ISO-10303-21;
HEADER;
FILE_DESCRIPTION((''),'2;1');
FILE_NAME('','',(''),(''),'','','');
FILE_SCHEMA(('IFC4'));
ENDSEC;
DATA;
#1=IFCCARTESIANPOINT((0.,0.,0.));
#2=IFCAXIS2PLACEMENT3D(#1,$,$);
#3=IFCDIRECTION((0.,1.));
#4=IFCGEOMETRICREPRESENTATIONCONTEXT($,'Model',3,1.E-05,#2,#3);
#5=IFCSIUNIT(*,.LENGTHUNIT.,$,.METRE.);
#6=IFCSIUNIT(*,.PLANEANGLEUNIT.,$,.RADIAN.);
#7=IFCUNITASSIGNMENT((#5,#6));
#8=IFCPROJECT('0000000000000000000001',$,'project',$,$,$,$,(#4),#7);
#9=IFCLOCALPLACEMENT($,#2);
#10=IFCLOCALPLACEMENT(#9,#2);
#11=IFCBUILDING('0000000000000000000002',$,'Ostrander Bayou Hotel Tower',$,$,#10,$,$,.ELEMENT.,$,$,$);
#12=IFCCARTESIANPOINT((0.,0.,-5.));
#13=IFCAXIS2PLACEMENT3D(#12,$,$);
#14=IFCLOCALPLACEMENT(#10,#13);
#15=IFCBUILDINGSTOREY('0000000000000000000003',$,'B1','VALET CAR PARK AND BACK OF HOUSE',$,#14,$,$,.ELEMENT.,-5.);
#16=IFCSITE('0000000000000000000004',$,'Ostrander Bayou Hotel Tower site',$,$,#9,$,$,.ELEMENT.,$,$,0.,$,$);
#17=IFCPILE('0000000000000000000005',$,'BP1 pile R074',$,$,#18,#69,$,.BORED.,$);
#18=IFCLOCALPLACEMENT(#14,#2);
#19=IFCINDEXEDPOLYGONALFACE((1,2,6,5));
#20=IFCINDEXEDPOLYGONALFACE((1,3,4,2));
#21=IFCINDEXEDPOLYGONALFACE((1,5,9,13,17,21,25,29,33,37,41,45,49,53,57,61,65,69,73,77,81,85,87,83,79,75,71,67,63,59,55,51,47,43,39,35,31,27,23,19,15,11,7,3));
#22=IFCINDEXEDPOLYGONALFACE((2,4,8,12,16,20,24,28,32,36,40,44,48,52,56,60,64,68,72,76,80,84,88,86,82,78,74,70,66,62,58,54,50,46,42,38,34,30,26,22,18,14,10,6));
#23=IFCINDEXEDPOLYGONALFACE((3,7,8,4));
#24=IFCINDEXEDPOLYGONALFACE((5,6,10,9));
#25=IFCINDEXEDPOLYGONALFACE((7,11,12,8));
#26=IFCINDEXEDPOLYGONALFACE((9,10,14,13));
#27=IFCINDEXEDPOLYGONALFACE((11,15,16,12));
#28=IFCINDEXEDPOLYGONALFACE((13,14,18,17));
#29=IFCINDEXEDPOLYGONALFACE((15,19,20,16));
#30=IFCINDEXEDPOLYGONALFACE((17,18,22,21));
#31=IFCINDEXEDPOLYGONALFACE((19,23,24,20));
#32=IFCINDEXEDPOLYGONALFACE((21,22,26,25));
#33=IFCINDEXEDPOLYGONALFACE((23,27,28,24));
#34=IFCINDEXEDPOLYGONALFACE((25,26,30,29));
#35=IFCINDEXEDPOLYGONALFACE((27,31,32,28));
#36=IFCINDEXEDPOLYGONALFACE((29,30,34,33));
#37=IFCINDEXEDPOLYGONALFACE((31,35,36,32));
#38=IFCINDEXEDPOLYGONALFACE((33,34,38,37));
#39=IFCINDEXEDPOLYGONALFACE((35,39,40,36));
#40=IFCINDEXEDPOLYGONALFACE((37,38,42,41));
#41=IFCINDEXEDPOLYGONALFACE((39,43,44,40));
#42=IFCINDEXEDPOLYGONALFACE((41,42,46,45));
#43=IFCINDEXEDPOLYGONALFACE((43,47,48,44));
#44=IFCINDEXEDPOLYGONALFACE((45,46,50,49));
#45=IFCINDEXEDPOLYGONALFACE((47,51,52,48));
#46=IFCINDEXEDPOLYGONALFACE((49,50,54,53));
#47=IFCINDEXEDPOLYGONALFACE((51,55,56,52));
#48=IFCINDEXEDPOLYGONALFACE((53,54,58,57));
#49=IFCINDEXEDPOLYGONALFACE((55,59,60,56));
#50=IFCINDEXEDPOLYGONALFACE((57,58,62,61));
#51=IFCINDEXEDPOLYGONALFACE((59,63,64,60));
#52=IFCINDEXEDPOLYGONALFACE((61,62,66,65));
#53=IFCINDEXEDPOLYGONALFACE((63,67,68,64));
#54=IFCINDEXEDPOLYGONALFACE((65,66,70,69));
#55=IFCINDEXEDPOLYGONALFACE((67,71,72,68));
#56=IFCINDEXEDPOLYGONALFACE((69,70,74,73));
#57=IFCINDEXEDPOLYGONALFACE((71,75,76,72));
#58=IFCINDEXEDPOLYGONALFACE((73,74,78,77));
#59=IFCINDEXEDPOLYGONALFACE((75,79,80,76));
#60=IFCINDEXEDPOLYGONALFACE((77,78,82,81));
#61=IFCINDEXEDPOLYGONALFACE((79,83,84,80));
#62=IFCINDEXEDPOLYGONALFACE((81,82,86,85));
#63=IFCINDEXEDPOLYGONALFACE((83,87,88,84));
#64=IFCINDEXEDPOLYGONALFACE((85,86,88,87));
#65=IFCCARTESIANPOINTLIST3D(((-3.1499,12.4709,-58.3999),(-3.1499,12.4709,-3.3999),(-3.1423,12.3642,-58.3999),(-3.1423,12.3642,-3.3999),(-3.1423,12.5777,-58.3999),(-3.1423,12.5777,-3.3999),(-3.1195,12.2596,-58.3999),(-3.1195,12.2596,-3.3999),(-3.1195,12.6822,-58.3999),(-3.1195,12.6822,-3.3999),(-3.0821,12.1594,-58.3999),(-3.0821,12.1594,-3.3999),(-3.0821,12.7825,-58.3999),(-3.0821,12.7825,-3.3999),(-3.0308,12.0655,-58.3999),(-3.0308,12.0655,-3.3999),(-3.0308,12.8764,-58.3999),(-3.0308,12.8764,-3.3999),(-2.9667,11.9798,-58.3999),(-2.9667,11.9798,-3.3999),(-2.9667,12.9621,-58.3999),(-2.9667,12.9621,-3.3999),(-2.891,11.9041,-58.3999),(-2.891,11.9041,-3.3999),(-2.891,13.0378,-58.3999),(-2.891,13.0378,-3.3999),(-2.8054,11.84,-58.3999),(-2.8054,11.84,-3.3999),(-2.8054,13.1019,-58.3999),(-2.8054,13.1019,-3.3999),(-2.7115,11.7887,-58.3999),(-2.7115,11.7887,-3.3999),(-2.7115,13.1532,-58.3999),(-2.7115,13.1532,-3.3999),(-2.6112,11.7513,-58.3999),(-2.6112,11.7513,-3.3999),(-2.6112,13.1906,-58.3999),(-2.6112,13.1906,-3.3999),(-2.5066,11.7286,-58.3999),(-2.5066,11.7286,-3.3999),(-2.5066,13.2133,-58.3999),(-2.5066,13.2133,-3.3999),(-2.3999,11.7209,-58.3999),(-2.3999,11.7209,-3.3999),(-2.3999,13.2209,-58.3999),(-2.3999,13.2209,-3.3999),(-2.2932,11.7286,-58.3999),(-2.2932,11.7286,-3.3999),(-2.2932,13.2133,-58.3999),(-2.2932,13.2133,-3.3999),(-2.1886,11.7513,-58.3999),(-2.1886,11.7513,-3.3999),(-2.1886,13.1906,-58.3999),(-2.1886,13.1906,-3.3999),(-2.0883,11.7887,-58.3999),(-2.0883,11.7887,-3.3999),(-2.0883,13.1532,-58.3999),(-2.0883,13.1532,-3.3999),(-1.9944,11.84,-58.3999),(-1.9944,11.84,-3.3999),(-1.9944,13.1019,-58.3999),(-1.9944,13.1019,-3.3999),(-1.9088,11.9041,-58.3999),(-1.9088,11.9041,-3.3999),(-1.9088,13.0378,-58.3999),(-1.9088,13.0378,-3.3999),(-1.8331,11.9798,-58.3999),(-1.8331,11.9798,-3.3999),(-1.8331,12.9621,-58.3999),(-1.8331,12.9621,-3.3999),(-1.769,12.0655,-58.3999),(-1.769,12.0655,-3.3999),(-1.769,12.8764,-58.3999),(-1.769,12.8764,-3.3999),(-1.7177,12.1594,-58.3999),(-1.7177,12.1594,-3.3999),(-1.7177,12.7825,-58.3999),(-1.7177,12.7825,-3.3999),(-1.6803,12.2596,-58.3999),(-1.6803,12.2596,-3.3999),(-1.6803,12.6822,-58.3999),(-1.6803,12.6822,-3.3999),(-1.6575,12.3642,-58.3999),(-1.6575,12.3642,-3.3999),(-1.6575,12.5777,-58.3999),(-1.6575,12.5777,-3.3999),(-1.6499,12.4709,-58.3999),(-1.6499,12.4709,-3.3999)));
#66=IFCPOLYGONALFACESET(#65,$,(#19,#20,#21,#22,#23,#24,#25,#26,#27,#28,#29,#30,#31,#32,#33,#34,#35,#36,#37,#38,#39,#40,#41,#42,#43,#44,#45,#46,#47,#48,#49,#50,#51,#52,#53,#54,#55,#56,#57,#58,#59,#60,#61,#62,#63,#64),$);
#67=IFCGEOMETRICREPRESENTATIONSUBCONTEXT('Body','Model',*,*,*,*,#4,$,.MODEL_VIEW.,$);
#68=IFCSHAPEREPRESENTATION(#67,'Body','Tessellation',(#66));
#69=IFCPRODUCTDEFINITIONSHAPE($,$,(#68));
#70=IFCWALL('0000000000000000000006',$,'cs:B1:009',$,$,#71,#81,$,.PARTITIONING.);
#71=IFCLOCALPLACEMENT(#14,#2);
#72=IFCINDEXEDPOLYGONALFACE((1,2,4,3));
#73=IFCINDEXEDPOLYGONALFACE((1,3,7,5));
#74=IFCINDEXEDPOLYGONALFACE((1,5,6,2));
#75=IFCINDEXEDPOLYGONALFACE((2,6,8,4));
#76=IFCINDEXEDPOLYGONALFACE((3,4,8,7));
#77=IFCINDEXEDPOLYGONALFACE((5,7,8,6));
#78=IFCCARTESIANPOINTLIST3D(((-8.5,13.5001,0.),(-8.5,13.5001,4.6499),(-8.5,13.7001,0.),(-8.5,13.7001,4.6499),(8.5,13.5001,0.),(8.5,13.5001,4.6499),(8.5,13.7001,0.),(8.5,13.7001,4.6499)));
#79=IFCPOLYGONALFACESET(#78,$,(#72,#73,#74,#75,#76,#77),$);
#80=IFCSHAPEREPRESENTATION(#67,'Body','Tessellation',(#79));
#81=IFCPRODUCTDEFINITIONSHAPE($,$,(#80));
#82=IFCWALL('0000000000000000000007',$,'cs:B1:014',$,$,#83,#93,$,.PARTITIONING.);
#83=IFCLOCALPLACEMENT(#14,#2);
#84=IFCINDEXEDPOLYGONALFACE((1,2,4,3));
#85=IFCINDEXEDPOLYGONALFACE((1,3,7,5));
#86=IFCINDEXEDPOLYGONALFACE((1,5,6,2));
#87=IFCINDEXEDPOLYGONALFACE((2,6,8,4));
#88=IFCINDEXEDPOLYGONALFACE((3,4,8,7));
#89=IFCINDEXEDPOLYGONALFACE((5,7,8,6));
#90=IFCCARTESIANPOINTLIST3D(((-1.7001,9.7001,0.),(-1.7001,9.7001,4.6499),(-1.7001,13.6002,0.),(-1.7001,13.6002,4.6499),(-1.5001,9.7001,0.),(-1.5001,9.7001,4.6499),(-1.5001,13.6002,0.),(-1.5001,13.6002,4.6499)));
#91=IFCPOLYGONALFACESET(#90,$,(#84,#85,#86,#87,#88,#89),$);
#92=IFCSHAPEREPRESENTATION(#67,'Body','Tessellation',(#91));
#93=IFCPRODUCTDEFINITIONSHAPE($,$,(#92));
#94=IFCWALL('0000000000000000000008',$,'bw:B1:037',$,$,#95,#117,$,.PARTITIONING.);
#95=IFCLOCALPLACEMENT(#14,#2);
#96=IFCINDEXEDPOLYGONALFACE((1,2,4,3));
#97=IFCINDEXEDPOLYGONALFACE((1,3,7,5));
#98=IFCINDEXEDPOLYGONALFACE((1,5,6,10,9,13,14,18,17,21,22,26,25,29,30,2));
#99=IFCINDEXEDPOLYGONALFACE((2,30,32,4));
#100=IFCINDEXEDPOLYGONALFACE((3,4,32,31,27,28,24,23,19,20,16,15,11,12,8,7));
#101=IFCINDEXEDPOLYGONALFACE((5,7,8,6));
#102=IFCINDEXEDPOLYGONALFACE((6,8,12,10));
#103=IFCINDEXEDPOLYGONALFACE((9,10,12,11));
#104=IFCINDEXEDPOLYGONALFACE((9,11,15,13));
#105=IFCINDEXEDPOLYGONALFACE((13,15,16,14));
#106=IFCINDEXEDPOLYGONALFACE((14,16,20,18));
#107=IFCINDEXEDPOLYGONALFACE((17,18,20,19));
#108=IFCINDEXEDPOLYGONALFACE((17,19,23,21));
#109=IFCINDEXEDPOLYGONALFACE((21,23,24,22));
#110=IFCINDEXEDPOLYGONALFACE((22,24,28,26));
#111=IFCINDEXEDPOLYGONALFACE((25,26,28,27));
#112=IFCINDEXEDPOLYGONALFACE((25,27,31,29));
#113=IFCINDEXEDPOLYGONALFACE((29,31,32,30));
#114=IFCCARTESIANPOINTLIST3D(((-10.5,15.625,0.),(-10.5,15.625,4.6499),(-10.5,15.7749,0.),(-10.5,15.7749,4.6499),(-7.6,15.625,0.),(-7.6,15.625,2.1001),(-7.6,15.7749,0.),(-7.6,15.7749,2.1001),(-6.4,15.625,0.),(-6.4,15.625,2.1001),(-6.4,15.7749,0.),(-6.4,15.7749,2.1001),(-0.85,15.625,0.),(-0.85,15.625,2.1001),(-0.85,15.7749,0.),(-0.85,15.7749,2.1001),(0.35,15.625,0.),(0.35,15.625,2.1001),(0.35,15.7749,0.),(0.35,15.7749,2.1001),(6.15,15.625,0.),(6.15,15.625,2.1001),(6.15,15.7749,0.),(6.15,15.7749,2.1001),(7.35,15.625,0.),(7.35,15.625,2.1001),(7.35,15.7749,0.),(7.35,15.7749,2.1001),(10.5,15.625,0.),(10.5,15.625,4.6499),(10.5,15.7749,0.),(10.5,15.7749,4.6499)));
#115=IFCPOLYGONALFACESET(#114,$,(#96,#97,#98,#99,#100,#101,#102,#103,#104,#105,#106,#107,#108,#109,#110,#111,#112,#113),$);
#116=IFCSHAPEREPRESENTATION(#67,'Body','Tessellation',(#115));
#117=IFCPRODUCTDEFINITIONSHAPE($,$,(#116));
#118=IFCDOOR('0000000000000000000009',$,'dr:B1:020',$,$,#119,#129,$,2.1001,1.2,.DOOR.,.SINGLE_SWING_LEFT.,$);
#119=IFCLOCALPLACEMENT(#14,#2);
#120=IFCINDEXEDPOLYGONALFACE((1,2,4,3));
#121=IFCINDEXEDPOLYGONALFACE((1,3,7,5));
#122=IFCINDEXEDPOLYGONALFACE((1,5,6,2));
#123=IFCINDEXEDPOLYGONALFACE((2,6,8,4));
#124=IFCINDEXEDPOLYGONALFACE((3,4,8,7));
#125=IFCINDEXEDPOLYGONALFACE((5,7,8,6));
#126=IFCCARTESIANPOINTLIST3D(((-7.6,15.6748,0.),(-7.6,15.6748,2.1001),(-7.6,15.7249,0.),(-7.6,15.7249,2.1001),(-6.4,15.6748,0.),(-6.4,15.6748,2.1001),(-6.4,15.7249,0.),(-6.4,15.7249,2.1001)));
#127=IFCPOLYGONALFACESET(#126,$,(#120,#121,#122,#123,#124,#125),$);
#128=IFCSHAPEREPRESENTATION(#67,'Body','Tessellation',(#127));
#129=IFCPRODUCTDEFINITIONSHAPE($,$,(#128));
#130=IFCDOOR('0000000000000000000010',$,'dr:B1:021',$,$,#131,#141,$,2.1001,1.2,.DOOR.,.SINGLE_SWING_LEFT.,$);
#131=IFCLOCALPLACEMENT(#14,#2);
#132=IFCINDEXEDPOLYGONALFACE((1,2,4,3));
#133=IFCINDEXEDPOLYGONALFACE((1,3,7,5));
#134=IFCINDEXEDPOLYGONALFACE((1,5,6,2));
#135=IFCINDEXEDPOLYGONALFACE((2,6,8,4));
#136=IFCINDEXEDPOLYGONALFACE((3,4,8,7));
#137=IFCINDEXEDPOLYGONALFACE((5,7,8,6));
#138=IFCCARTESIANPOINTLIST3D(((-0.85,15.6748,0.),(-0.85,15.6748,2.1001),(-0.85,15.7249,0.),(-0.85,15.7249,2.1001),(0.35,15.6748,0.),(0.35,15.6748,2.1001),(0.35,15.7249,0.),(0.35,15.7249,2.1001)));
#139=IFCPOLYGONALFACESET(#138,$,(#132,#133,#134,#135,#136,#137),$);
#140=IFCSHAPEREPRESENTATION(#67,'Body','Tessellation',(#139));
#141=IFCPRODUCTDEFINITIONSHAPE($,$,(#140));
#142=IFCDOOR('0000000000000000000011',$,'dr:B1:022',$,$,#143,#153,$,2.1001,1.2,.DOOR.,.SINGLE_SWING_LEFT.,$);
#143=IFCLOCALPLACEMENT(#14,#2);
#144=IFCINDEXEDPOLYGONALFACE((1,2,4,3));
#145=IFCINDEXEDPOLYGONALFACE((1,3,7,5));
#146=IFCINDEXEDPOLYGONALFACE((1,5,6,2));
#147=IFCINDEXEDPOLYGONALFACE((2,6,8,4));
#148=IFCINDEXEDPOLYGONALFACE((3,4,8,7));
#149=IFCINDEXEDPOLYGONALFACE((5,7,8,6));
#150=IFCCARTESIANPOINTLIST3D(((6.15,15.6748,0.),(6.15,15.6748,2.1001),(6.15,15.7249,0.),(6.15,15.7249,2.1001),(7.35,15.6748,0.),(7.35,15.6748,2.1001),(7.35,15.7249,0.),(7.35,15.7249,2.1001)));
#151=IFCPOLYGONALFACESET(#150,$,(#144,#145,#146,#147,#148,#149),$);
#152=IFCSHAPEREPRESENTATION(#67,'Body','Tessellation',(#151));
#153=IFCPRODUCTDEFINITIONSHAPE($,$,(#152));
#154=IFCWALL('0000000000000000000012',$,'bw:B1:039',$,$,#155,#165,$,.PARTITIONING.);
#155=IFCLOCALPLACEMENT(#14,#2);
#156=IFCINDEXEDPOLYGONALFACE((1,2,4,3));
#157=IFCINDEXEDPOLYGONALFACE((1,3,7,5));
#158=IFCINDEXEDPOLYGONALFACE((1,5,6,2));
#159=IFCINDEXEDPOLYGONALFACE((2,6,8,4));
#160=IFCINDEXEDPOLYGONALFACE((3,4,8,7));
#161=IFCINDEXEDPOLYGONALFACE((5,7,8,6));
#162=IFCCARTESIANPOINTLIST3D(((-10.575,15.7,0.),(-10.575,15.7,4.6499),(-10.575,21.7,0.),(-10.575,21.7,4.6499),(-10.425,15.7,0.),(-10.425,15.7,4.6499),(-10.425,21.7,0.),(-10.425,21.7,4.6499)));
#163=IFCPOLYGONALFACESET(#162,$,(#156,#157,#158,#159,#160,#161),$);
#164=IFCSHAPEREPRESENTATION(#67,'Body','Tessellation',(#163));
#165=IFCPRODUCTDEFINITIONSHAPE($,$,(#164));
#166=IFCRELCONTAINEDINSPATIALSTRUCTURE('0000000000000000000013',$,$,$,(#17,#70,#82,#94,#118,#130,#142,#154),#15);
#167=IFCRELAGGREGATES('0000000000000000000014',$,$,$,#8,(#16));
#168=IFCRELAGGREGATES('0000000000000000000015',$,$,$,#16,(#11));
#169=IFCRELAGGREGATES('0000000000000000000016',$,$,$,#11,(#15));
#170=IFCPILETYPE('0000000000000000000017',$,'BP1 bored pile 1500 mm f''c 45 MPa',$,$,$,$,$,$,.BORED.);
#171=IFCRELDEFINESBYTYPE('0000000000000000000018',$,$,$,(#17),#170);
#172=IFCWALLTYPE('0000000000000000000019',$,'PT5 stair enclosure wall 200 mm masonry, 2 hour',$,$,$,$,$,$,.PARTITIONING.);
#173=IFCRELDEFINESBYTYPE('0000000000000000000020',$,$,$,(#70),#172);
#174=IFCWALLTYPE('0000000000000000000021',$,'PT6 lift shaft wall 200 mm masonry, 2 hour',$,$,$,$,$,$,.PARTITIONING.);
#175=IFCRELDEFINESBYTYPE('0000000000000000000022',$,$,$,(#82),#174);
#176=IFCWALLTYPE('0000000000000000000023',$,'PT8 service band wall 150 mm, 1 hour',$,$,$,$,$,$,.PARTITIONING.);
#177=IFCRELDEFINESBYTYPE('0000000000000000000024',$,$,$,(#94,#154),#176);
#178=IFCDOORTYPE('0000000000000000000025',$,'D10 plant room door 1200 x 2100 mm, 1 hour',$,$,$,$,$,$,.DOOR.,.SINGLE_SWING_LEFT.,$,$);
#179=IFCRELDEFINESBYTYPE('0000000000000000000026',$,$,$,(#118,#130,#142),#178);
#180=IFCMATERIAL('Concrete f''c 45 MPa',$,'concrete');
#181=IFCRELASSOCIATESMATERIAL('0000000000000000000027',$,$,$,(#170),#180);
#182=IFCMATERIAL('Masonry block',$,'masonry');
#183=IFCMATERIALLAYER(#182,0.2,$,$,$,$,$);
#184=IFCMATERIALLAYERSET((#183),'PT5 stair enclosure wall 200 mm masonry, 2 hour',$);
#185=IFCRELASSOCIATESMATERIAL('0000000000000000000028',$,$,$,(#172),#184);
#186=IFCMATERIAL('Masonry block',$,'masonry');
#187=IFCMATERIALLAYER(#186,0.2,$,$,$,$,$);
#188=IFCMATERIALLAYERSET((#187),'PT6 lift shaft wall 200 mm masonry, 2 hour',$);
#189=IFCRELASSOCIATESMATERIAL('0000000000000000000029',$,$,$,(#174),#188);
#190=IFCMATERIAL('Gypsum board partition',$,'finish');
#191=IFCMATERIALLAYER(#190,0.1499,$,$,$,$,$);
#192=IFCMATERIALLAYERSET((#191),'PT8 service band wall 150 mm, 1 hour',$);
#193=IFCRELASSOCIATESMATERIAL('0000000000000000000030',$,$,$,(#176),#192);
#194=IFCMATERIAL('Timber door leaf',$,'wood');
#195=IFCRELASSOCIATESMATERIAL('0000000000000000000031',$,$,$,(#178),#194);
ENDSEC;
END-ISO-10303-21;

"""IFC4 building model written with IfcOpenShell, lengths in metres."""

from ifc_helpers import new_model, si_unit, direction, frame, frame_2d, origin, origin_2d, place, context, subcontext, project, spatial, rectangle, circle, extrude, material, layer, layer_set, material_profile, profile_set, type_object, element, fill, save


model = new_model("IFC4")

# Units and contexts
model_context = context("Model", 3, precision=1e-05, world=origin(), true_north=direction((0.0, 1.0)))
body_context = subcontext(model_context, "Body", "Model", "MODEL_VIEW")
ifc_project = project(units=[si_unit("LENGTHUNIT", "METRE"), si_unit("PLANEANGLEUNIT", "RADIAN")], contexts=[model_context])

# Site, building, storey
site_placement = place(None, origin())
site = spatial("IfcSite", under=ifc_project, at=site_placement, Name="Ostrander Bayou Hotel Tower site", CompositionType="ELEMENT", RefElevation=0.0)
building_placement = place(site_placement, origin())
building = spatial("IfcBuilding", under=site, at=building_placement, Name="Ostrander Bayou Hotel Tower", CompositionType="ELEMENT")
storey_placement = place(building_placement, frame((0.0, 0.0, -5.0)))
storey = spatial("IfcBuildingStorey", under=building, at=storey_placement, Name="B1", Description="VALET CAR PARK AND BACK OF HOUSE", CompositionType="ELEMENT", Elevation=-5.0)

# Pile
ifc_material_1 = material(Name="Concrete f'c 45 MPa", Category="concrete")
ifc_material_profile = material_profile(ifc_material_1, circle(Radius=0.75, at=origin_2d()))
ifc_profile_set = profile_set([ifc_material_profile], Name="Concrete f'c 45 MPa")
pile_type = type_object("IfcPileType", Name="BP1 bored pile 1500 mm f'c 45 MPa", PredefinedType="BORED", material=ifc_profile_set)
for number, where, z_axis, x_axis, name in (
    (1, (-2.3999, 12.4709, -3.3999), (0.0, 0.0, -1.0), (1.0, 0.0, 0.0), "BP1 pile R074"),
):
    element("IfcPile", number, at=place(storey_placement, frame(where, z_axis=z_axis, x_axis=x_axis)), inside=storey, type_object=pile_type, Name=name, PredefinedType="BORED", context=body_context, shape_type="SweptSolid", body=[
        extrude(circle(Radius=0.75, at=origin_2d()), origin(), (0.0, 0.0, 1.0), 55.0),
    ])

# Wall
ifc_material_2 = material(Name="Masonry block", Category="masonry")
ifc_layer_1 = layer(ifc_material_2, 0.2)
ifc_layer_set_1 = layer_set([ifc_layer_1], Name="PT5 stair enclosure wall 200 mm masonry, 2 hour")
wall_type_1 = type_object("IfcWallType", Name="PT5 stair enclosure wall 200 mm masonry, 2 hour", PredefinedType="PARTITIONING", material=ifc_layer_set_1)
wall_1_placement = place(storey_placement, frame((-8.5, 13.6001, 0.0), z_axis=(0.0, 0.0, 1.0), x_axis=(1.0, 0.0, 0.0)))
element("IfcWall", 2, at=wall_1_placement, inside=storey, type_object=wall_type_1, Name="cs:B1:009", PredefinedType="PARTITIONING", context=body_context, shape_type="SweptSolid", body=[
    extrude(rectangle(XDim=17.0, YDim=0.2, at=frame_2d((8.5, 0.0))), origin(), (0.0, 0.0, 1.0), 4.6499),
])

# Wall
ifc_material_3 = material(Name="Masonry block", Category="masonry")
ifc_layer_2 = layer(ifc_material_3, 0.2)
ifc_layer_set_2 = layer_set([ifc_layer_2], Name="PT6 lift shaft wall 200 mm masonry, 2 hour")
wall_type_2 = type_object("IfcWallType", Name="PT6 lift shaft wall 200 mm masonry, 2 hour", PredefinedType="PARTITIONING", material=ifc_layer_set_2)
wall_2_placement = place(storey_placement, frame((-1.6001, 9.7, 0.0), z_axis=(0.0, 0.0, 1.0), x_axis=(0.0, 1.0, 0.0)))
element("IfcWall", 3, at=wall_2_placement, inside=storey, type_object=wall_type_2, Name="cs:B1:014", PredefinedType="PARTITIONING", context=body_context, shape_type="SweptSolid", body=[
    extrude(rectangle(XDim=3.9001, YDim=0.2, at=frame_2d((1.9502, 0.0))), origin(), (0.0, 0.0, 1.0), 4.6499),
])

# Wall, openings, doors
ifc_material_4 = material(Name="Gypsum board partition", Category="finish")
ifc_layer_3 = layer(ifc_material_4, 0.1499)
ifc_layer_set_3 = layer_set([ifc_layer_3], Name="PT8 service band wall 150 mm, 1 hour")
wall_type_3 = type_object("IfcWallType", Name="PT8 service band wall 150 mm, 1 hour", PredefinedType="PARTITIONING", material=ifc_layer_set_3)
wall_3_placement = place(storey_placement, frame((-10.5, 15.7, 0.0), z_axis=(0.0, 0.0, 1.0), x_axis=(1.0, 0.0, 0.0)))
wall_3 = element("IfcWall", 4, at=wall_3_placement, inside=storey, type_object=wall_type_3, Name="bw:B1:037", PredefinedType="PARTITIONING", context=body_context, shape_type="SweptSolid", body=[
    extrude(rectangle(XDim=21.0, YDim=0.1499, at=frame_2d((10.5, 0.0))), origin(), (0.0, 0.0, 1.0), 4.6499),
])
opening_1_placement = place(wall_3_placement, frame((2.8999, 0.0, 0.0)))
opening_1 = element("IfcOpeningElement", 5, at=opening_1_placement, cuts=wall_3, PredefinedType="OPENING", context=body_context, shape_type="SweptSolid", body=[
    extrude(rectangle(XDim=1.2, YDim=2.1001, at=frame_2d((0.6001, 1.05))), frame((0.0, 0.075, 0.0), z_axis=(0.0, -1.0, 0.0), x_axis=(1.0, 0.0, 0.0)), (0.0, 0.0, 1.0), 0.1499),
])
opening_2_placement = place(wall_3_placement, frame((9.6499, 0.0, 0.0)))
opening_2 = element("IfcOpeningElement", 6, at=opening_2_placement, cuts=wall_3, PredefinedType="OPENING", context=body_context, shape_type="SweptSolid", body=[
    extrude(rectangle(XDim=1.2, YDim=2.1001, at=frame_2d((0.6001, 1.05))), frame((0.0, 0.075, 0.0), z_axis=(0.0, -1.0, 0.0), x_axis=(1.0, 0.0, 0.0)), (0.0, 0.0, 1.0), 0.1499),
])
opening_3_placement = place(wall_3_placement, frame((16.6499, 0.0, 0.0)))
opening_3 = element("IfcOpeningElement", 7, at=opening_3_placement, cuts=wall_3, PredefinedType="OPENING", context=body_context, shape_type="SweptSolid", body=[
    extrude(rectangle(XDim=1.2, YDim=2.1001, at=frame_2d((0.6001, 1.05))), frame((0.0, 0.075, 0.0), z_axis=(0.0, -1.0, 0.0), x_axis=(1.0, 0.0, 0.0)), (0.0, 0.0, 1.0), 0.1499),
])
ifc_material_5 = material(Name="Timber door leaf", Category="wood")
door_type_1 = type_object("IfcDoorType", Name="D10 plant room door 1200 x 2100 mm, 1 hour", OperationType="SINGLE_SWING_LEFT", PredefinedType="DOOR", material=ifc_material_5)
door_1_placement = place(opening_1_placement, origin())
door_1 = element("IfcDoor", 8, at=door_1_placement, inside=storey, type_object=door_type_1, Name="dr:B1:020", OperationType="SINGLE_SWING_LEFT", OverallHeight=2.1001, OverallWidth=1.2, PredefinedType="DOOR", context=body_context, shape_type="SweptSolid", body=[
    extrude(rectangle(XDim=1.2, YDim=2.1001, at=frame_2d((0.6001, 1.05))), frame((0.0, 0.0249, 0.0), z_axis=(0.0, -1.0, 0.0), x_axis=(1.0, 0.0, 0.0)), (0.0, 0.0, 1.0), 0.05),
])
fill(opening_1, door_1)
door_2_placement = place(opening_2_placement, origin())
door_2 = element("IfcDoor", 9, at=door_2_placement, inside=storey, type_object=door_type_1, Name="dr:B1:021", OperationType="SINGLE_SWING_LEFT", OverallHeight=2.1001, OverallWidth=1.2, PredefinedType="DOOR", context=body_context, shape_type="SweptSolid", body=[
    extrude(rectangle(XDim=1.2, YDim=2.1001, at=frame_2d((0.6001, 1.05))), frame((0.0, 0.0249, 0.0), z_axis=(0.0, -1.0, 0.0), x_axis=(1.0, 0.0, 0.0)), (0.0, 0.0, 1.0), 0.05),
])
fill(opening_2, door_2)
door_3_placement = place(opening_3_placement, origin())
door_3 = element("IfcDoor", 10, at=door_3_placement, inside=storey, type_object=door_type_1, Name="dr:B1:022", OperationType="SINGLE_SWING_LEFT", OverallHeight=2.1001, OverallWidth=1.2, PredefinedType="DOOR", context=body_context, shape_type="SweptSolid", body=[
    extrude(rectangle(XDim=1.2, YDim=2.1001, at=frame_2d((0.6001, 1.05))), frame((0.0, 0.0249, 0.0), z_axis=(0.0, -1.0, 0.0), x_axis=(1.0, 0.0, 0.0)), (0.0, 0.0, 1.0), 0.05),
])
fill(opening_3, door_3)

# Wall
wall_4_placement = place(storey_placement, frame((-10.5, 15.7, 0.0), z_axis=(0.0, 0.0, 1.0), x_axis=(0.0, 1.0, 0.0)))
element("IfcWall", 11, at=wall_4_placement, inside=storey, type_object=wall_type_3, Name="bw:B1:039", PredefinedType="PARTITIONING", context=body_context, shape_type="SweptSolid", body=[
    extrude(rectangle(XDim=6.0, YDim=0.1499, at=frame_2d((3.0, 0.0))), origin(), (0.0, 0.0, 1.0), 4.6499),
])

save(model, "model.ifc")
